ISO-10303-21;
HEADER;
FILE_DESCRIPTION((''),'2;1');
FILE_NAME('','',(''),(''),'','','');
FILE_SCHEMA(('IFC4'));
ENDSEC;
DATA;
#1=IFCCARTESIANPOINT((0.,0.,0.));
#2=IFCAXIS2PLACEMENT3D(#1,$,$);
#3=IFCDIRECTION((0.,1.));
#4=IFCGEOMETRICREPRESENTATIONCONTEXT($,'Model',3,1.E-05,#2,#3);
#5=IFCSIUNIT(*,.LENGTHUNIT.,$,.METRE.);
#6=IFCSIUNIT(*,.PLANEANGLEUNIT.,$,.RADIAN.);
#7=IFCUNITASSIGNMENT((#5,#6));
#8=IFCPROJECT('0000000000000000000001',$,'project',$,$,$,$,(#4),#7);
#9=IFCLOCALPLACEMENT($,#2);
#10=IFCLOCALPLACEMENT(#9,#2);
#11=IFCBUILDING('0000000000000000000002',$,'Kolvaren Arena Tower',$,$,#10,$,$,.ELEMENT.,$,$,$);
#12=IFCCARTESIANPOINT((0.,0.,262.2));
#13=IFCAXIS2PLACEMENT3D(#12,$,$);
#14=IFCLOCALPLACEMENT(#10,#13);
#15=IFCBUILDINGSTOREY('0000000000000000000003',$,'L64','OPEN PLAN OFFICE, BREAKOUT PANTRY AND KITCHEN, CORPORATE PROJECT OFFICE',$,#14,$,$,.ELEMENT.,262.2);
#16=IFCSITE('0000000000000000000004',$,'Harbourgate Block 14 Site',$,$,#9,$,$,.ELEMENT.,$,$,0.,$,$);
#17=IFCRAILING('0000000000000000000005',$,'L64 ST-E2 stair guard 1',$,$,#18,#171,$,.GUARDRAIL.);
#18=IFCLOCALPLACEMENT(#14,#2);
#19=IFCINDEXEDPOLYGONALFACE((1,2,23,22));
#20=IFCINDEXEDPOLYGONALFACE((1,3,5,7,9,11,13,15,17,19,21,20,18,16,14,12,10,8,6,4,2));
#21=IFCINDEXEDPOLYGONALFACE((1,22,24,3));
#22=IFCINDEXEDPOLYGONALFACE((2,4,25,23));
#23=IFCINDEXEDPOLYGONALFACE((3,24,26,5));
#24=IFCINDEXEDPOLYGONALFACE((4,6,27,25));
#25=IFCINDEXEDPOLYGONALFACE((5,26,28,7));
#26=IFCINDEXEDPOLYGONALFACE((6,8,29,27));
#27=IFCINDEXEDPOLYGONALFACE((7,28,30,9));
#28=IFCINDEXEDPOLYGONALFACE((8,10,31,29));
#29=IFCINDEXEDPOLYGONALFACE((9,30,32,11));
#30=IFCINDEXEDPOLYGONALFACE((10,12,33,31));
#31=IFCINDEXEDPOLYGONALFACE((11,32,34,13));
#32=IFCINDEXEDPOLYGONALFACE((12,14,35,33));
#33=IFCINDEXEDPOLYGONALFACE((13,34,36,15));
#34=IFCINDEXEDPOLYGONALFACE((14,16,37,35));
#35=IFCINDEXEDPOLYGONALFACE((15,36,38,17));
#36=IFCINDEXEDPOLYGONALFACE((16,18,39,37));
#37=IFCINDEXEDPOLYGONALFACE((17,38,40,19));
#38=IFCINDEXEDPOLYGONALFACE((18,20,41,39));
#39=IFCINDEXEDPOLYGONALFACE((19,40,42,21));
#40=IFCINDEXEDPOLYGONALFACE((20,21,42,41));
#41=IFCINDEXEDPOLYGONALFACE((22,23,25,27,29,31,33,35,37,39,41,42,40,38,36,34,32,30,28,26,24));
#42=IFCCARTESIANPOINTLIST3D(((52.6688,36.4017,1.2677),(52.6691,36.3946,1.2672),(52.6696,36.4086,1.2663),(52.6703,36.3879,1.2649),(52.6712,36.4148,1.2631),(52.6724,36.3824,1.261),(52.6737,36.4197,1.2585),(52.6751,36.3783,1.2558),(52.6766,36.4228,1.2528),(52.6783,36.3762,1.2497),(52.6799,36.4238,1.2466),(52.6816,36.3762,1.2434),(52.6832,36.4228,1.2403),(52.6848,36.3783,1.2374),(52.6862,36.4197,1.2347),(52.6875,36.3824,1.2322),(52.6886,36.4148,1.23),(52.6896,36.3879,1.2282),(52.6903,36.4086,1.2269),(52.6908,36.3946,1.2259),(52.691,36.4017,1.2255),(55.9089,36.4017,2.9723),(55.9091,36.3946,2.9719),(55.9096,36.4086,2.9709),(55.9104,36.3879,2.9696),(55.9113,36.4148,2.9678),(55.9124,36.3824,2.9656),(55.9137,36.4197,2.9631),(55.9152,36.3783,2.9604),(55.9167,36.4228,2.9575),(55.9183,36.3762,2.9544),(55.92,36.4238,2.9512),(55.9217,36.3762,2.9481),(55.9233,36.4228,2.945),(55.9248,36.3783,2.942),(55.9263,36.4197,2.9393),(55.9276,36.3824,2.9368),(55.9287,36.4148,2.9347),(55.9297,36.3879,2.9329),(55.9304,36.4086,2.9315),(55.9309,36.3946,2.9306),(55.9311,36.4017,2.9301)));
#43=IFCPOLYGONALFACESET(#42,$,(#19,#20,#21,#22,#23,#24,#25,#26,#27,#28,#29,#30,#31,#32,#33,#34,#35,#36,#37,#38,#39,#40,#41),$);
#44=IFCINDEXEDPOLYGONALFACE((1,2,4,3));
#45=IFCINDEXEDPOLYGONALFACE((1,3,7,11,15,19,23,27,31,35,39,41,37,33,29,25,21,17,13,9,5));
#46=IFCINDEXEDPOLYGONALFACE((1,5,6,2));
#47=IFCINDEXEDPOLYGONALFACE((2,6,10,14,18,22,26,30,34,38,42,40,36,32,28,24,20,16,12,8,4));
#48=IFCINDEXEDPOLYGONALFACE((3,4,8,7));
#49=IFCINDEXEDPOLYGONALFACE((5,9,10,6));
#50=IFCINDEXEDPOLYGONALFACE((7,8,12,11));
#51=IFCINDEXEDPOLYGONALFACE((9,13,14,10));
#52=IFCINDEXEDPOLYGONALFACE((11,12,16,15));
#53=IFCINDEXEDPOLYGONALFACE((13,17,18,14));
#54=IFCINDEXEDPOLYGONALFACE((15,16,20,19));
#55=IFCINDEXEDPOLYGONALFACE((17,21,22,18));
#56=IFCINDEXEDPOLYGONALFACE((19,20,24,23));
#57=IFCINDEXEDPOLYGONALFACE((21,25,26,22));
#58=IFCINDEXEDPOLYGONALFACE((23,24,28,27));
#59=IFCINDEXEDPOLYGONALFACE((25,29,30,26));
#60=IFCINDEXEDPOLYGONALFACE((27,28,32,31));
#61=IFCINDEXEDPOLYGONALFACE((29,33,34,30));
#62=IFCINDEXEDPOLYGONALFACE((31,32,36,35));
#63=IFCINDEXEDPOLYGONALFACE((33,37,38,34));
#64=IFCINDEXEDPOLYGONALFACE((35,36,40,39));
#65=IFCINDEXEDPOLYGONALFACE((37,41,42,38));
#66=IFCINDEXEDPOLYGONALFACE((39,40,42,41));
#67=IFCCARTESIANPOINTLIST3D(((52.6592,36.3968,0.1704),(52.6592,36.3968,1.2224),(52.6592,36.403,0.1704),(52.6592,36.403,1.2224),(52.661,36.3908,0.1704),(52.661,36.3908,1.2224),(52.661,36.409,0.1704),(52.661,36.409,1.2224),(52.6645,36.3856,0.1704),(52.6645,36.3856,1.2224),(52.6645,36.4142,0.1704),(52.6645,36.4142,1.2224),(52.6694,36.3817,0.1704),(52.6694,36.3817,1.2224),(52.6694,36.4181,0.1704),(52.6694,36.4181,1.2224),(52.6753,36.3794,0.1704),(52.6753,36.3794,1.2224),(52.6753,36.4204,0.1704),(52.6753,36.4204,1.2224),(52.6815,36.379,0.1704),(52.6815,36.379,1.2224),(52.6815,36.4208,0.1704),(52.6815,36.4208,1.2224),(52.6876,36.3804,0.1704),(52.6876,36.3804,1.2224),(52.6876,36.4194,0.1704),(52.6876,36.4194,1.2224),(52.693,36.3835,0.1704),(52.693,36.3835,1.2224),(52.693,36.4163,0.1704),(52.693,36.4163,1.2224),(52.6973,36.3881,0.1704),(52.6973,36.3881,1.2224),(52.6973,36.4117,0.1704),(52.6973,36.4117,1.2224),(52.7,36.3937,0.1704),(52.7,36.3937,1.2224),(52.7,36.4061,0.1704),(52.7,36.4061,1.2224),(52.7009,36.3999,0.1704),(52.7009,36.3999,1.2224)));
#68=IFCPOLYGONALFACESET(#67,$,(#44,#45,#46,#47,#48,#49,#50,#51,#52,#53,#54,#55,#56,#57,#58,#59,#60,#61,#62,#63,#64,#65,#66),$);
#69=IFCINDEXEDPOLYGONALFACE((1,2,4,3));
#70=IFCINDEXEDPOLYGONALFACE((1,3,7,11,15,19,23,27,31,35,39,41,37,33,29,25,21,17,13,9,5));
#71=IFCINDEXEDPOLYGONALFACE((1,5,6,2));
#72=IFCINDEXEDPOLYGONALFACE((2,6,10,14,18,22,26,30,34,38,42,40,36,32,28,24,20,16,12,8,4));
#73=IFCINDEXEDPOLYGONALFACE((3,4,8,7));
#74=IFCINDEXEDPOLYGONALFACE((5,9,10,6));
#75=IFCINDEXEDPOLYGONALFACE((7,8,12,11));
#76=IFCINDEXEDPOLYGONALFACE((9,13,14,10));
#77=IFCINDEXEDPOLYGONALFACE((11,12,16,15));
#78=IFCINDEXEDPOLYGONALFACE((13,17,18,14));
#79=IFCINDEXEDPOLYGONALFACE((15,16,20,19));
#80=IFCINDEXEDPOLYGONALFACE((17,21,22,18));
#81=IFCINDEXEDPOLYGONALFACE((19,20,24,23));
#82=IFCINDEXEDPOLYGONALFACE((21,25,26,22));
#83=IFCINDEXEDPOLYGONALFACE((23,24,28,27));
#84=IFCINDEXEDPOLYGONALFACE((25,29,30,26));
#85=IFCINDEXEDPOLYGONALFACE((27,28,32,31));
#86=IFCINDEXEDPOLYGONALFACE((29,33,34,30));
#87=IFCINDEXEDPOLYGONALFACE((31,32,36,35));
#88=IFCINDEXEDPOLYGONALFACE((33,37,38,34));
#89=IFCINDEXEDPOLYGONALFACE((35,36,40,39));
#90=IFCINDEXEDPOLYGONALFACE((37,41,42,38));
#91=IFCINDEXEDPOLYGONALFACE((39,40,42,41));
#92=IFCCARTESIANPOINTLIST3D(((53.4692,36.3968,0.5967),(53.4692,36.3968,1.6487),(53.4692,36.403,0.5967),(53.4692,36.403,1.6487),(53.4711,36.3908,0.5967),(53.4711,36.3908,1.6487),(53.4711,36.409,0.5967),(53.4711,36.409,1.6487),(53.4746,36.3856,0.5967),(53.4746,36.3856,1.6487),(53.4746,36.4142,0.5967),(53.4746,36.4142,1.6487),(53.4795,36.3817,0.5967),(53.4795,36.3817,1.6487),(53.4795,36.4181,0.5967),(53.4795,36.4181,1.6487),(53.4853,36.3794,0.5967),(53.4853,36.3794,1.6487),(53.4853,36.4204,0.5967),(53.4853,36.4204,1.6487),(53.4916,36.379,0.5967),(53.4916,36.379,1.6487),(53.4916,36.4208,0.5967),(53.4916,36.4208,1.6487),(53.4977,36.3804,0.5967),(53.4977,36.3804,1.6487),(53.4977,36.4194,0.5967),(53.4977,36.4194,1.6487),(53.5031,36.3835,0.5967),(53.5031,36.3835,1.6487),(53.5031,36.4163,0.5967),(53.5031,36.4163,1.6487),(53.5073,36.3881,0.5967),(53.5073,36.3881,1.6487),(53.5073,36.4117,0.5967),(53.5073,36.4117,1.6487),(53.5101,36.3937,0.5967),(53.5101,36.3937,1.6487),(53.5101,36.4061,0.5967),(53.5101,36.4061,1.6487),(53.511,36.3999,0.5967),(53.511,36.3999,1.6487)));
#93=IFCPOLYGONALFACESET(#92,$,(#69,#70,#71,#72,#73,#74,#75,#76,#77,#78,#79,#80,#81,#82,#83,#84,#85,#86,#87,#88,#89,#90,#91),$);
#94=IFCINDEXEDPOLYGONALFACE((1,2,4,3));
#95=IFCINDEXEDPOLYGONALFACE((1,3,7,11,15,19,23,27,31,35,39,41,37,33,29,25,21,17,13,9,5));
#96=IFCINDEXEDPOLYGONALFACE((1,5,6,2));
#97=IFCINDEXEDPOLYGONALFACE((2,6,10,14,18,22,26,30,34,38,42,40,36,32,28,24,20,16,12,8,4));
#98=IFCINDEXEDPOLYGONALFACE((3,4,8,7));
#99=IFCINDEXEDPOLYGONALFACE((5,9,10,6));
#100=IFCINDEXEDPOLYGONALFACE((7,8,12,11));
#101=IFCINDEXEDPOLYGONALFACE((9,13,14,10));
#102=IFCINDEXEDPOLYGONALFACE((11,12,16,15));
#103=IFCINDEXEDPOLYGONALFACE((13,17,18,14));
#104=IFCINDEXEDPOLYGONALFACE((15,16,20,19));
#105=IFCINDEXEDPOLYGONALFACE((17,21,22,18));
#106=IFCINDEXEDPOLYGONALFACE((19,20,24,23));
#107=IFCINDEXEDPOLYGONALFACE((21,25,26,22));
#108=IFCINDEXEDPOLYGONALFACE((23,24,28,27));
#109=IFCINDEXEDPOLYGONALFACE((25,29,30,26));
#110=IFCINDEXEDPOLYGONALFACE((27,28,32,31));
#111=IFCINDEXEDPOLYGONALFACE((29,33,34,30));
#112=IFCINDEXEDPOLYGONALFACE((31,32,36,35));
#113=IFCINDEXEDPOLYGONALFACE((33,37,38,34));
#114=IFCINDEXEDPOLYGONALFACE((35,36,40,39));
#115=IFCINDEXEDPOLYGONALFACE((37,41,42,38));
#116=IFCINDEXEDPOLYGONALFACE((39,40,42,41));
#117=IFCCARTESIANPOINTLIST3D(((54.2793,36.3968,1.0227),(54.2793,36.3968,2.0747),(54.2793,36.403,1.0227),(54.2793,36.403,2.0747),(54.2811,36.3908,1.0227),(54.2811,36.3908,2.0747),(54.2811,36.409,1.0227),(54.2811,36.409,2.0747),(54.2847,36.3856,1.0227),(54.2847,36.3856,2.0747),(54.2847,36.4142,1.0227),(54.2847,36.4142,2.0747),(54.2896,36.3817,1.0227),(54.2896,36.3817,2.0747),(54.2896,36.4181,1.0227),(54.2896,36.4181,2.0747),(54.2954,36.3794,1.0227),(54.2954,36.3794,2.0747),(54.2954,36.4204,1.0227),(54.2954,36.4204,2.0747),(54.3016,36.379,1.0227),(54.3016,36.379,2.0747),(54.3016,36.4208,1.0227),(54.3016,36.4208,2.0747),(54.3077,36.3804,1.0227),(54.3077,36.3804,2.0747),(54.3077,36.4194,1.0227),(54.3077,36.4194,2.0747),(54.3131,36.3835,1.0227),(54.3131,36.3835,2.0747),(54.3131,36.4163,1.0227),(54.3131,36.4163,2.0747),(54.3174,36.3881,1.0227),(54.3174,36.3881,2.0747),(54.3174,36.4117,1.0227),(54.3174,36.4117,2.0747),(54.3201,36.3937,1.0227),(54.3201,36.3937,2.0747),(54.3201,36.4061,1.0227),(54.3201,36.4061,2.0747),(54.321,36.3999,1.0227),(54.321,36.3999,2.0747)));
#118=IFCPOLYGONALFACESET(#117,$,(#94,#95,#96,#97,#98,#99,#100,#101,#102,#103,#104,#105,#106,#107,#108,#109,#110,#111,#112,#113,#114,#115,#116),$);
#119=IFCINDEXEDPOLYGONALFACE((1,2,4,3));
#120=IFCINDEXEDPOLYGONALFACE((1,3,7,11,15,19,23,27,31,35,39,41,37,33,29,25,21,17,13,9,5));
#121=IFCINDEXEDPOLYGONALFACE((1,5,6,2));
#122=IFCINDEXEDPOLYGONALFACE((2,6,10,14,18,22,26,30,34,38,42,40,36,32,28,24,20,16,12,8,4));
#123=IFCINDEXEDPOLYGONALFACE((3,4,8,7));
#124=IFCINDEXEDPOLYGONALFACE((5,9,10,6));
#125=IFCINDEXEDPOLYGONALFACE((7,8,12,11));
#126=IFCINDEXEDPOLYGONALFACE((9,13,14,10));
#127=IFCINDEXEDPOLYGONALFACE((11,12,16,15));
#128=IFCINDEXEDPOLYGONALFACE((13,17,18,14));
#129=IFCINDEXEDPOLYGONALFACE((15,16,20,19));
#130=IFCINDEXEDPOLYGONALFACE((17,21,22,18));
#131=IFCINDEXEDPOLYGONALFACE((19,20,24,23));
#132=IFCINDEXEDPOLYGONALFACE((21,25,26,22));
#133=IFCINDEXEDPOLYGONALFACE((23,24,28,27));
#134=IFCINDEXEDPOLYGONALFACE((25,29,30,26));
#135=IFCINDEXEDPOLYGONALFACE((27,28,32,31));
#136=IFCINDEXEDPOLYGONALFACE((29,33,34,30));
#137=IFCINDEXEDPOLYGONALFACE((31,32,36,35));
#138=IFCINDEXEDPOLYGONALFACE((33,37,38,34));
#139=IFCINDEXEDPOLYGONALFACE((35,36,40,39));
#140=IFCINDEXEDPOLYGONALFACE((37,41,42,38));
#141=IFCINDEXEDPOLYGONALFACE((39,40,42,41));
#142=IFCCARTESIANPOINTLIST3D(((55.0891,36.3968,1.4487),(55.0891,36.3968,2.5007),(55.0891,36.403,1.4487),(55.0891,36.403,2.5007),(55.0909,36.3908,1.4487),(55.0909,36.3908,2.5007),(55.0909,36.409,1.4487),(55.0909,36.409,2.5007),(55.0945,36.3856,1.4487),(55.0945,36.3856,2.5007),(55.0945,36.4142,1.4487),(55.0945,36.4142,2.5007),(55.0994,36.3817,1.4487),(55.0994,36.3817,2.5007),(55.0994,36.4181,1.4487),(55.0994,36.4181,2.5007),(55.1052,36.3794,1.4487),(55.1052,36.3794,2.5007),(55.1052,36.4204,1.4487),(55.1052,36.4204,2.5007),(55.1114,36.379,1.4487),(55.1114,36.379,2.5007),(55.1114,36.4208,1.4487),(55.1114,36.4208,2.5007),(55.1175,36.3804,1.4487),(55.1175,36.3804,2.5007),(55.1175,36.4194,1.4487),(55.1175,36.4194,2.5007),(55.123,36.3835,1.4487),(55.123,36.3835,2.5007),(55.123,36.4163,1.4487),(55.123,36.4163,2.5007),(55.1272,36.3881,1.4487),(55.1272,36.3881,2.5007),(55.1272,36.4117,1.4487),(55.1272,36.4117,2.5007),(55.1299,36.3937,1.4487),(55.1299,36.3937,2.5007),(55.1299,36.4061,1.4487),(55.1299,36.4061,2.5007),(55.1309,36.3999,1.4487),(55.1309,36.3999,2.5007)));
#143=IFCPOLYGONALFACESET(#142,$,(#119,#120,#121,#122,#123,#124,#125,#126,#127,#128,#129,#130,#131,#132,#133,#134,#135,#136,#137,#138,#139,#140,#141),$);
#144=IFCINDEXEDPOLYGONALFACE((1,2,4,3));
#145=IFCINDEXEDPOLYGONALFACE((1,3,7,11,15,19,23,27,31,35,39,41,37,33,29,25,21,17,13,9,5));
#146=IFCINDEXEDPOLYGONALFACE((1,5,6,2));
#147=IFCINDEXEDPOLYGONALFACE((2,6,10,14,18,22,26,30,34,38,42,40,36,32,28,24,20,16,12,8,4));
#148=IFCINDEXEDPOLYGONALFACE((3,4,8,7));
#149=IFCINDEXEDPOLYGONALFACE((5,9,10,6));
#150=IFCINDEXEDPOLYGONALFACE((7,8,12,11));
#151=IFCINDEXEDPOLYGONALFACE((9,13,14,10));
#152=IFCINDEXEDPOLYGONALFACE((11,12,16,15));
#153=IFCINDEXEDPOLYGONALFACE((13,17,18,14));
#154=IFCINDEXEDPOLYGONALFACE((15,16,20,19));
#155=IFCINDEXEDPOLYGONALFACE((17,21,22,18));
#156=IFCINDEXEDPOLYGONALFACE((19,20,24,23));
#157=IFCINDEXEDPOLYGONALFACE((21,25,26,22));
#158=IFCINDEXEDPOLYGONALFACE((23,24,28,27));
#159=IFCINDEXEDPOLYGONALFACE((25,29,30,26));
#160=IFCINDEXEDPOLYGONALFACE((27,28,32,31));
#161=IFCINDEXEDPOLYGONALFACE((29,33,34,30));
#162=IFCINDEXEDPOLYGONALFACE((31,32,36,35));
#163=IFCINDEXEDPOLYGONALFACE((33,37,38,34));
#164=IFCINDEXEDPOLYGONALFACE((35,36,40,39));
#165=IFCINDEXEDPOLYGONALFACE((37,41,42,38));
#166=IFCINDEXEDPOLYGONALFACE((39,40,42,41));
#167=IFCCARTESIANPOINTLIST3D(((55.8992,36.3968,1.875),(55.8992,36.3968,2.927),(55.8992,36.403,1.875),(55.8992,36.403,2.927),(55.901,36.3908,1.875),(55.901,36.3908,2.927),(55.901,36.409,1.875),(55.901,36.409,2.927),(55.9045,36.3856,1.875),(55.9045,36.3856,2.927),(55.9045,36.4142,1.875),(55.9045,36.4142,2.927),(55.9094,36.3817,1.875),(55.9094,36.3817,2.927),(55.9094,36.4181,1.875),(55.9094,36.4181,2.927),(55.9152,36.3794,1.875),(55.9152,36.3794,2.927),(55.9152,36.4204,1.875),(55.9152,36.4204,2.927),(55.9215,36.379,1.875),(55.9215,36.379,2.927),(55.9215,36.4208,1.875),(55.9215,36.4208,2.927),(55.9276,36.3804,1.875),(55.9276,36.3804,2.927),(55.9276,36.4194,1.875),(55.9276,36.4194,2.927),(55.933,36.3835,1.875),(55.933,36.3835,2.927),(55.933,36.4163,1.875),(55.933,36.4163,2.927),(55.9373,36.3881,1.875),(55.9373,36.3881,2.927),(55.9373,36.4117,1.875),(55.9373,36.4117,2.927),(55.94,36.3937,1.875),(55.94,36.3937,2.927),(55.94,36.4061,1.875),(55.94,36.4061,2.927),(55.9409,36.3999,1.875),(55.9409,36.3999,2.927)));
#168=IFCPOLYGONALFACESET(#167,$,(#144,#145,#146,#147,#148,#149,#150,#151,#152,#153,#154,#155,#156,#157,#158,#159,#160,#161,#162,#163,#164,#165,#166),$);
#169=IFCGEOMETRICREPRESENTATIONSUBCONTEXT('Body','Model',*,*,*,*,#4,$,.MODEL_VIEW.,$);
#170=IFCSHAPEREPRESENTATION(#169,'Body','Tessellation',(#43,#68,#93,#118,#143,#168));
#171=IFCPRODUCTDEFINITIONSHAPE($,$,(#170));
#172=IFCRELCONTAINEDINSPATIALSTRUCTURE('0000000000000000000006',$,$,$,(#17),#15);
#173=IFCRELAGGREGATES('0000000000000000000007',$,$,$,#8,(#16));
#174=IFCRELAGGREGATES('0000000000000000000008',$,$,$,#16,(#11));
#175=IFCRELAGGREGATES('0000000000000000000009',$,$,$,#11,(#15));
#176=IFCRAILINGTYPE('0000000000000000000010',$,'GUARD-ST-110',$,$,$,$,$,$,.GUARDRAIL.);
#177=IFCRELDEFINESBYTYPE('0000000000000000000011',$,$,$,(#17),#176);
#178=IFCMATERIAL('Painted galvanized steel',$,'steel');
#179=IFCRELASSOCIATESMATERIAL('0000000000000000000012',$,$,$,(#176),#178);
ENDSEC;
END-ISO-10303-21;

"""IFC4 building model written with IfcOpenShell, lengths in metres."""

from ifc_helpers import new_model, si_unit, direction, frame, origin, origin_2d, place, context, subcontext, project, spatial, circle, extrude, material, type_object, element, save


model = new_model("IFC4")

# Units and contexts
model_context = context("Model", 3, precision=1e-05, world=origin(), true_north=direction((0.0, 1.0)))
body_context = subcontext(model_context, "Body", "Model", "MODEL_VIEW")
ifc_project = project(units=[si_unit("LENGTHUNIT", "METRE"), si_unit("PLANEANGLEUNIT", "RADIAN")], contexts=[model_context])

# Site, building, storey
site_placement = place(None, origin())
site = spatial("IfcSite", under=ifc_project, at=site_placement, Name="Harbourgate Block 14 Site", CompositionType="ELEMENT", RefElevation=0.0)
building_placement = place(site_placement, origin())
building = spatial("IfcBuilding", under=site, at=building_placement, Name="Kolvaren Arena Tower", CompositionType="ELEMENT")
storey_placement = place(building_placement, frame((0.0, 0.0, 262.2)))
storey = spatial("IfcBuildingStorey", under=building, at=storey_placement, Name="L64", Description="OPEN PLAN OFFICE, BREAKOUT PANTRY AND KITCHEN, CORPORATE PROJECT OFFICE", CompositionType="ELEMENT", Elevation=262.2)

# Railing
ifc_material_1 = material(Name="Painted galvanized steel", Category="steel")
railing_type = type_object("IfcRailingType", Name="GUARD-ST-110", PredefinedType="GUARDRAIL", material=ifc_material_1)
railing_1_placement = place(storey_placement, frame((52.6799, 36.3999, 0.1704)))
element("IfcRailing", 1, at=railing_1_placement, inside=storey, type_object=railing_type, Name="L64 ST-E2 stair guard 1", PredefinedType="GUARDRAIL", context=body_context, shape_type="SweptSolid", body=[
    extrude(circle(Radius=0.0239, at=origin_2d()), frame((0.0, 0.0, 1.0762), z_axis=(0.884993, 0.0, 0.465604), x_axis=(0.0, 1.0, 0.0)), (0.0, 0.0, 1.0), 3.6611),
    extrude(circle(Radius=0.021, at=origin_2d()), origin(), (0.0, 0.0, 1.0), 1.052),
    extrude(circle(Radius=0.021, at=origin_2d()), frame((0.8101, 0.0, 0.4263)), (0.0, 0.0, 1.0), 1.052),
    extrude(circle(Radius=0.021, at=origin_2d()), frame((1.6201, 0.0, 0.8523)), (0.0, 0.0, 1.0), 1.052),
    extrude(circle(Radius=0.021, at=origin_2d()), frame((2.4299, 0.0, 1.2783)), (0.0, 0.0, 1.0), 1.052),
    extrude(circle(Radius=0.021, at=origin_2d()), frame((3.24, 0.0, 1.7046)), (0.0, 0.0, 1.0), 1.052),
])

save(model, "model.ifc")
